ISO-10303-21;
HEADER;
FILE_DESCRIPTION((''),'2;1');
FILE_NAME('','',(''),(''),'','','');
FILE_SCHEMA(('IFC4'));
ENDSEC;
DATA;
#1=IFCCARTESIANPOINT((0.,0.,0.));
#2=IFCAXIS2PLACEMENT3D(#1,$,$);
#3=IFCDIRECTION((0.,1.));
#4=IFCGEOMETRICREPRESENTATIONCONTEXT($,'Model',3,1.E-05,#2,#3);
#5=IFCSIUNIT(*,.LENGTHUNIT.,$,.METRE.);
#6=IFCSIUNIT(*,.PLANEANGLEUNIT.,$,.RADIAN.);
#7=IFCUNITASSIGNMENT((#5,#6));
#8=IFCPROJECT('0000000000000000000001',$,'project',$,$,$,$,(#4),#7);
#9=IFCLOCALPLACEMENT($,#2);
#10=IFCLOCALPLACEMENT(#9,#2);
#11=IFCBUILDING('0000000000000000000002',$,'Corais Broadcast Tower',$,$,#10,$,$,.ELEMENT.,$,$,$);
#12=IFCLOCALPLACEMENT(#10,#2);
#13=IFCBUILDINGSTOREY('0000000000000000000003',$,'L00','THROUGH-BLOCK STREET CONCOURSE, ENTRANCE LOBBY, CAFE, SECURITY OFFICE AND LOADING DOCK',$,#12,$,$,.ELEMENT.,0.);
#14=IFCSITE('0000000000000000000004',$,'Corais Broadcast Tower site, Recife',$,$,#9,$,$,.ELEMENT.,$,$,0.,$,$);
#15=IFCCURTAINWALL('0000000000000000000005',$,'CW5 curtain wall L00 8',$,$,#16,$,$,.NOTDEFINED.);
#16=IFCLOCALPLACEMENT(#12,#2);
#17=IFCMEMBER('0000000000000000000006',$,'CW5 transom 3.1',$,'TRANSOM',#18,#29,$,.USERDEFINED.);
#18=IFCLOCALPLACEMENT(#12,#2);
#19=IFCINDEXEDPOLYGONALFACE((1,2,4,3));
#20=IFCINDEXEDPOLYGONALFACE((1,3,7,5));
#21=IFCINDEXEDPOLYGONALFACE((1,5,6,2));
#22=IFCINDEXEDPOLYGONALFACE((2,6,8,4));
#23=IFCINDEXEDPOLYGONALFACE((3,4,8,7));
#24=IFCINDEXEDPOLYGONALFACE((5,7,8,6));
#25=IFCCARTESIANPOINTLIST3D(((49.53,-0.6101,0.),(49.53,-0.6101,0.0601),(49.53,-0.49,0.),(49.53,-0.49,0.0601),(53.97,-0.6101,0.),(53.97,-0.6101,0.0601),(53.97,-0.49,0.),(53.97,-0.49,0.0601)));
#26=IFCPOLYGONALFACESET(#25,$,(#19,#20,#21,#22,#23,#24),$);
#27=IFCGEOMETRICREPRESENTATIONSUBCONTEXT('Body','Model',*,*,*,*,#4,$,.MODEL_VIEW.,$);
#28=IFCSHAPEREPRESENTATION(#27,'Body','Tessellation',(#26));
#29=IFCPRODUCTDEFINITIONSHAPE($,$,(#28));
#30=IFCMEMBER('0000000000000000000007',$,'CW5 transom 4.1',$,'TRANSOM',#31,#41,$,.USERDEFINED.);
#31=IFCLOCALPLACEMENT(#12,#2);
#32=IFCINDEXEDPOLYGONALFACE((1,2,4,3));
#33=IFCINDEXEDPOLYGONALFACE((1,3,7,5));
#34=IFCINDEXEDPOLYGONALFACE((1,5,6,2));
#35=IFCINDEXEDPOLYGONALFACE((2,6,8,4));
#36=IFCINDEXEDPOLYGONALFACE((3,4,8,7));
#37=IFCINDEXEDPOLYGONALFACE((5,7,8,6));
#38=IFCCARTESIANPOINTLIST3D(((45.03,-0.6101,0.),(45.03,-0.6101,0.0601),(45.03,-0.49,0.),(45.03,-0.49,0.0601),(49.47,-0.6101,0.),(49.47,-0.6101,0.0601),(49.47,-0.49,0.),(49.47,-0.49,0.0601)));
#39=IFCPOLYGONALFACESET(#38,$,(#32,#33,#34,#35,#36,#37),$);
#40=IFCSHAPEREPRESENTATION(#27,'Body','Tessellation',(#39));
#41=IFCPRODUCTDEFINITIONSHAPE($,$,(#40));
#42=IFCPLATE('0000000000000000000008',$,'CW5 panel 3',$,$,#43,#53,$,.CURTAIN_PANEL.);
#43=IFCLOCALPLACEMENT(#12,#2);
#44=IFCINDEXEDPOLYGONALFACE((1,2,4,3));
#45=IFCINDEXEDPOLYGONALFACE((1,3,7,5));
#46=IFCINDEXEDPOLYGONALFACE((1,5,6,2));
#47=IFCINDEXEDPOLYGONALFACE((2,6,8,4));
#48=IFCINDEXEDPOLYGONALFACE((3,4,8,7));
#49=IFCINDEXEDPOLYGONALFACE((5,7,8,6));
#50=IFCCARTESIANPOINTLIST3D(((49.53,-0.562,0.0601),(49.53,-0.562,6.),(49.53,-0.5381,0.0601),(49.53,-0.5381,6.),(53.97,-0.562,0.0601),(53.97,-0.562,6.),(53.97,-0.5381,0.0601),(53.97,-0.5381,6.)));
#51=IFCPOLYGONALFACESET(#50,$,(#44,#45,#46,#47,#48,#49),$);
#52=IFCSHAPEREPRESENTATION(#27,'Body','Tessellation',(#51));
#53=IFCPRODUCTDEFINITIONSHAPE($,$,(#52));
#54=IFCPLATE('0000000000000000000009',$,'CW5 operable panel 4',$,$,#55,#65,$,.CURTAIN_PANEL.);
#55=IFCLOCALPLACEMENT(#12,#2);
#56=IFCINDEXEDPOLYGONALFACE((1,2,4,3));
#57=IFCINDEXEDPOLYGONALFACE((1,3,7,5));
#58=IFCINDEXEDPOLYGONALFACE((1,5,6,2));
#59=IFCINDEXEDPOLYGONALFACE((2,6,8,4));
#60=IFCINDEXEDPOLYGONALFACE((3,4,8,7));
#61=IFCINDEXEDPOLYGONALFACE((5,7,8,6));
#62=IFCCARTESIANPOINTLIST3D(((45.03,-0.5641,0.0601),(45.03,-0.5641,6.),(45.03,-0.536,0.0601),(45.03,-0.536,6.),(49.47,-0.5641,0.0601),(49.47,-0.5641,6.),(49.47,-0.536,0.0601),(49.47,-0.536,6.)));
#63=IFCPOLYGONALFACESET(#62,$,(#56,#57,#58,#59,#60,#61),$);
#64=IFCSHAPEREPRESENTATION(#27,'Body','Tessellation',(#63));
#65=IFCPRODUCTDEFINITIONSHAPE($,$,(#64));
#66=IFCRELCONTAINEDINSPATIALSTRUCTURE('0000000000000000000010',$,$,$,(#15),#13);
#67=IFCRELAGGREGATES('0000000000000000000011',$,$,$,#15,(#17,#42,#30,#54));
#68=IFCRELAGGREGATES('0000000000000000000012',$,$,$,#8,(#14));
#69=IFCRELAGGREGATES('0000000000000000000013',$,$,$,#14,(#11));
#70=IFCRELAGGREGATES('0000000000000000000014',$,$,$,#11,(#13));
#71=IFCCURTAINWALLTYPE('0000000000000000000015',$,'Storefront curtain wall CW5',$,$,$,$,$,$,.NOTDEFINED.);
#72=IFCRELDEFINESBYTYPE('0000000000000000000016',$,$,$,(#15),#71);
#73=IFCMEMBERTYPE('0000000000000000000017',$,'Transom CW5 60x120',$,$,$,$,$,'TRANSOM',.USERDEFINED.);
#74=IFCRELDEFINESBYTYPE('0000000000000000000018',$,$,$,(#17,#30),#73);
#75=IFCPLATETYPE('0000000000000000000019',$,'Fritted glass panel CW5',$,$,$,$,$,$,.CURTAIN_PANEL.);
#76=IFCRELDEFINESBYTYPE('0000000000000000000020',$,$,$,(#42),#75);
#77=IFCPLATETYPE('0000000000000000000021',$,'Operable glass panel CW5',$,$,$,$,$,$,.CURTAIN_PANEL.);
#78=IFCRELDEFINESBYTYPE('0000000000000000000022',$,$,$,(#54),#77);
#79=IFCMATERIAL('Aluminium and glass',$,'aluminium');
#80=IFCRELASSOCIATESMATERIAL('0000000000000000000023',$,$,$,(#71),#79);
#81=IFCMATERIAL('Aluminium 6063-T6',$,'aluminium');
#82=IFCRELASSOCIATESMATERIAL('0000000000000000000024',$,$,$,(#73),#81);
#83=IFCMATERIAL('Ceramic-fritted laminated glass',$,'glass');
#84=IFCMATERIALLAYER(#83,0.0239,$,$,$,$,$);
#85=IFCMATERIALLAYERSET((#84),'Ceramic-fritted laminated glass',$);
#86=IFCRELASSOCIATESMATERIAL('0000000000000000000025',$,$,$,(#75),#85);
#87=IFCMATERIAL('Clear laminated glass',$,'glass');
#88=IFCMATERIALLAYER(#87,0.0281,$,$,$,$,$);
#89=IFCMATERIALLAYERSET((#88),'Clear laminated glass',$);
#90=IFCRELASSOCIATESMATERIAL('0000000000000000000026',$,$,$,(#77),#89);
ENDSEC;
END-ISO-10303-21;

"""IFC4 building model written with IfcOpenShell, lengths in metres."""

from ifc_helpers import new_model, si_unit, direction, frame, origin, origin_2d, place, context, subcontext, project, spatial, rectangle, extrude, material, layer, layer_set, material_profile, profile_set, type_object, element, aggregate, save


model = new_model("IFC4")

# Units and contexts
model_context = context("Model", 3, precision=1e-05, world=origin(), true_north=direction((0.0, 1.0)))
body_context = subcontext(model_context, "Body", "Model", "MODEL_VIEW")
ifc_project = project(units=[si_unit("LENGTHUNIT", "METRE"), si_unit("PLANEANGLEUNIT", "RADIAN")], contexts=[model_context])

# Site, building, storey
site_placement = place(None, origin())
site = spatial("IfcSite", under=ifc_project, at=site_placement, Name="Corais Broadcast Tower site, Recife", CompositionType="ELEMENT", RefElevation=0.0)
building_placement = place(site_placement, origin())
building = spatial("IfcBuilding", under=site, at=building_placement, Name="Corais Broadcast Tower", CompositionType="ELEMENT")
storey_placement = place(building_placement, origin())
storey = spatial("IfcBuildingStorey", under=building, at=storey_placement, Name="L00", Description="THROUGH-BLOCK STREET CONCOURSE, ENTRANCE LOBBY, CAFE, SECURITY OFFICE AND LOADING DOCK", CompositionType="ELEMENT", Elevation=0.0)

# Curtain wall, members, plates
ifc_material_1 = material(Name="Aluminium and glass", Category="aluminium")
curtain_wall_type = type_object("IfcCurtainWallType", Name="Storefront curtain wall CW5", PredefinedType="NOTDEFINED", material=ifc_material_1)
curtain_wall_placement = place(storey_placement, origin())
curtain_wall = element("IfcCurtainWall", 1, at=curtain_wall_placement, inside=storey, type_object=curtain_wall_type, Name="CW5 curtain wall L00 8", PredefinedType="NOTDEFINED")
ifc_material_2 = material(Name="Aluminium 6063-T6", Category="aluminium")
ifc_material_profile_1 = material_profile(ifc_material_2, rectangle(XDim=0.1201, YDim=0.0601, at=origin_2d()), Name="Transom CW5 60x120")
ifc_profile_set_1 = profile_set([ifc_material_profile_1], Name="Aluminium 6063-T6")
member_type_1 = type_object("IfcMemberType", Name="Transom CW5 60x120", ElementType="TRANSOM", PredefinedType="USERDEFINED", material=ifc_profile_set_1)
member_1_placement = place(storey_placement, frame((53.97, -0.55, 0.03), z_axis=(-1.0, 0.0, 0.0), x_axis=(0.0, -1.0, 0.0)))
member_1 = element("IfcMember", 2, at=member_1_placement, type_object=member_type_1, Name="CW5 transom 3.1", ObjectType="TRANSOM", PredefinedType="USERDEFINED", context=body_context, shape_type="SweptSolid", body=[
    extrude(rectangle(XDim=0.1201, YDim=0.0601, at=origin_2d()), origin(), (0.0, 0.0, 1.0), 4.4399),
])
member_2_placement = place(storey_placement, frame((49.47, -0.55, 0.03), z_axis=(-1.0, 0.0, 0.0), x_axis=(0.0, -1.0, 0.0)))
member_2 = element("IfcMember", 3, at=member_2_placement, type_object=member_type_1, Name="CW5 transom 4.1", ObjectType="TRANSOM", PredefinedType="USERDEFINED", context=body_context, shape_type="SweptSolid", body=[
    extrude(rectangle(XDim=0.1201, YDim=0.0601, at=origin_2d()), origin(), (0.0, 0.0, 1.0), 4.4399),
])
ifc_material_3 = material(Name="Ceramic-fritted laminated glass", Category="glass")
ifc_layer_1 = layer(ifc_material_3, 0.0239)
ifc_layer_set_1 = layer_set([ifc_layer_1], Name="Ceramic-fritted laminated glass")
plate_type_1 = type_object("IfcPlateType", Name="Fritted glass panel CW5", PredefinedType="CURTAIN_PANEL", material=ifc_layer_set_1)
plate_1_placement = place(storey_placement, frame((51.75, -0.55, 0.0601), z_axis=(0.0, 0.0, 1.0), x_axis=(-1.0, 0.0, 0.0)))
plate_1 = element("IfcPlate", 4, at=plate_1_placement, type_object=plate_type_1, Name="CW5 panel 3", PredefinedType="CURTAIN_PANEL", context=body_context, shape_type="SweptSolid", body=[
    extrude(rectangle(XDim=4.4399, YDim=0.0239, at=origin_2d()), origin(), (0.0, 0.0, 1.0), 5.9399),
])
ifc_material_4 = material(Name="Clear laminated glass", Category="glass")
ifc_layer_2 = layer(ifc_material_4, 0.0281)
ifc_layer_set_2 = layer_set([ifc_layer_2], Name="Clear laminated glass")
plate_type_2 = type_object("IfcPlateType", Name="Operable glass panel CW5", PredefinedType="CURTAIN_PANEL", material=ifc_layer_set_2)
plate_2_placement = place(storey_placement, frame((47.25, -0.55, 0.0601), z_axis=(0.0, 0.0, 1.0), x_axis=(-1.0, 0.0, 0.0)))
plate_2 = element("IfcPlate", 5, at=plate_2_placement, type_object=plate_type_2, Name="CW5 operable panel 4", PredefinedType="CURTAIN_PANEL", context=body_context, shape_type="SweptSolid", body=[
    extrude(rectangle(XDim=4.4399, YDim=0.0281, at=origin_2d()), origin(), (0.0, 0.0, 1.0), 5.9399),
])
aggregate(curtain_wall, [member_1, plate_1, member_2, plate_2])

save(model, "model.ifc")
